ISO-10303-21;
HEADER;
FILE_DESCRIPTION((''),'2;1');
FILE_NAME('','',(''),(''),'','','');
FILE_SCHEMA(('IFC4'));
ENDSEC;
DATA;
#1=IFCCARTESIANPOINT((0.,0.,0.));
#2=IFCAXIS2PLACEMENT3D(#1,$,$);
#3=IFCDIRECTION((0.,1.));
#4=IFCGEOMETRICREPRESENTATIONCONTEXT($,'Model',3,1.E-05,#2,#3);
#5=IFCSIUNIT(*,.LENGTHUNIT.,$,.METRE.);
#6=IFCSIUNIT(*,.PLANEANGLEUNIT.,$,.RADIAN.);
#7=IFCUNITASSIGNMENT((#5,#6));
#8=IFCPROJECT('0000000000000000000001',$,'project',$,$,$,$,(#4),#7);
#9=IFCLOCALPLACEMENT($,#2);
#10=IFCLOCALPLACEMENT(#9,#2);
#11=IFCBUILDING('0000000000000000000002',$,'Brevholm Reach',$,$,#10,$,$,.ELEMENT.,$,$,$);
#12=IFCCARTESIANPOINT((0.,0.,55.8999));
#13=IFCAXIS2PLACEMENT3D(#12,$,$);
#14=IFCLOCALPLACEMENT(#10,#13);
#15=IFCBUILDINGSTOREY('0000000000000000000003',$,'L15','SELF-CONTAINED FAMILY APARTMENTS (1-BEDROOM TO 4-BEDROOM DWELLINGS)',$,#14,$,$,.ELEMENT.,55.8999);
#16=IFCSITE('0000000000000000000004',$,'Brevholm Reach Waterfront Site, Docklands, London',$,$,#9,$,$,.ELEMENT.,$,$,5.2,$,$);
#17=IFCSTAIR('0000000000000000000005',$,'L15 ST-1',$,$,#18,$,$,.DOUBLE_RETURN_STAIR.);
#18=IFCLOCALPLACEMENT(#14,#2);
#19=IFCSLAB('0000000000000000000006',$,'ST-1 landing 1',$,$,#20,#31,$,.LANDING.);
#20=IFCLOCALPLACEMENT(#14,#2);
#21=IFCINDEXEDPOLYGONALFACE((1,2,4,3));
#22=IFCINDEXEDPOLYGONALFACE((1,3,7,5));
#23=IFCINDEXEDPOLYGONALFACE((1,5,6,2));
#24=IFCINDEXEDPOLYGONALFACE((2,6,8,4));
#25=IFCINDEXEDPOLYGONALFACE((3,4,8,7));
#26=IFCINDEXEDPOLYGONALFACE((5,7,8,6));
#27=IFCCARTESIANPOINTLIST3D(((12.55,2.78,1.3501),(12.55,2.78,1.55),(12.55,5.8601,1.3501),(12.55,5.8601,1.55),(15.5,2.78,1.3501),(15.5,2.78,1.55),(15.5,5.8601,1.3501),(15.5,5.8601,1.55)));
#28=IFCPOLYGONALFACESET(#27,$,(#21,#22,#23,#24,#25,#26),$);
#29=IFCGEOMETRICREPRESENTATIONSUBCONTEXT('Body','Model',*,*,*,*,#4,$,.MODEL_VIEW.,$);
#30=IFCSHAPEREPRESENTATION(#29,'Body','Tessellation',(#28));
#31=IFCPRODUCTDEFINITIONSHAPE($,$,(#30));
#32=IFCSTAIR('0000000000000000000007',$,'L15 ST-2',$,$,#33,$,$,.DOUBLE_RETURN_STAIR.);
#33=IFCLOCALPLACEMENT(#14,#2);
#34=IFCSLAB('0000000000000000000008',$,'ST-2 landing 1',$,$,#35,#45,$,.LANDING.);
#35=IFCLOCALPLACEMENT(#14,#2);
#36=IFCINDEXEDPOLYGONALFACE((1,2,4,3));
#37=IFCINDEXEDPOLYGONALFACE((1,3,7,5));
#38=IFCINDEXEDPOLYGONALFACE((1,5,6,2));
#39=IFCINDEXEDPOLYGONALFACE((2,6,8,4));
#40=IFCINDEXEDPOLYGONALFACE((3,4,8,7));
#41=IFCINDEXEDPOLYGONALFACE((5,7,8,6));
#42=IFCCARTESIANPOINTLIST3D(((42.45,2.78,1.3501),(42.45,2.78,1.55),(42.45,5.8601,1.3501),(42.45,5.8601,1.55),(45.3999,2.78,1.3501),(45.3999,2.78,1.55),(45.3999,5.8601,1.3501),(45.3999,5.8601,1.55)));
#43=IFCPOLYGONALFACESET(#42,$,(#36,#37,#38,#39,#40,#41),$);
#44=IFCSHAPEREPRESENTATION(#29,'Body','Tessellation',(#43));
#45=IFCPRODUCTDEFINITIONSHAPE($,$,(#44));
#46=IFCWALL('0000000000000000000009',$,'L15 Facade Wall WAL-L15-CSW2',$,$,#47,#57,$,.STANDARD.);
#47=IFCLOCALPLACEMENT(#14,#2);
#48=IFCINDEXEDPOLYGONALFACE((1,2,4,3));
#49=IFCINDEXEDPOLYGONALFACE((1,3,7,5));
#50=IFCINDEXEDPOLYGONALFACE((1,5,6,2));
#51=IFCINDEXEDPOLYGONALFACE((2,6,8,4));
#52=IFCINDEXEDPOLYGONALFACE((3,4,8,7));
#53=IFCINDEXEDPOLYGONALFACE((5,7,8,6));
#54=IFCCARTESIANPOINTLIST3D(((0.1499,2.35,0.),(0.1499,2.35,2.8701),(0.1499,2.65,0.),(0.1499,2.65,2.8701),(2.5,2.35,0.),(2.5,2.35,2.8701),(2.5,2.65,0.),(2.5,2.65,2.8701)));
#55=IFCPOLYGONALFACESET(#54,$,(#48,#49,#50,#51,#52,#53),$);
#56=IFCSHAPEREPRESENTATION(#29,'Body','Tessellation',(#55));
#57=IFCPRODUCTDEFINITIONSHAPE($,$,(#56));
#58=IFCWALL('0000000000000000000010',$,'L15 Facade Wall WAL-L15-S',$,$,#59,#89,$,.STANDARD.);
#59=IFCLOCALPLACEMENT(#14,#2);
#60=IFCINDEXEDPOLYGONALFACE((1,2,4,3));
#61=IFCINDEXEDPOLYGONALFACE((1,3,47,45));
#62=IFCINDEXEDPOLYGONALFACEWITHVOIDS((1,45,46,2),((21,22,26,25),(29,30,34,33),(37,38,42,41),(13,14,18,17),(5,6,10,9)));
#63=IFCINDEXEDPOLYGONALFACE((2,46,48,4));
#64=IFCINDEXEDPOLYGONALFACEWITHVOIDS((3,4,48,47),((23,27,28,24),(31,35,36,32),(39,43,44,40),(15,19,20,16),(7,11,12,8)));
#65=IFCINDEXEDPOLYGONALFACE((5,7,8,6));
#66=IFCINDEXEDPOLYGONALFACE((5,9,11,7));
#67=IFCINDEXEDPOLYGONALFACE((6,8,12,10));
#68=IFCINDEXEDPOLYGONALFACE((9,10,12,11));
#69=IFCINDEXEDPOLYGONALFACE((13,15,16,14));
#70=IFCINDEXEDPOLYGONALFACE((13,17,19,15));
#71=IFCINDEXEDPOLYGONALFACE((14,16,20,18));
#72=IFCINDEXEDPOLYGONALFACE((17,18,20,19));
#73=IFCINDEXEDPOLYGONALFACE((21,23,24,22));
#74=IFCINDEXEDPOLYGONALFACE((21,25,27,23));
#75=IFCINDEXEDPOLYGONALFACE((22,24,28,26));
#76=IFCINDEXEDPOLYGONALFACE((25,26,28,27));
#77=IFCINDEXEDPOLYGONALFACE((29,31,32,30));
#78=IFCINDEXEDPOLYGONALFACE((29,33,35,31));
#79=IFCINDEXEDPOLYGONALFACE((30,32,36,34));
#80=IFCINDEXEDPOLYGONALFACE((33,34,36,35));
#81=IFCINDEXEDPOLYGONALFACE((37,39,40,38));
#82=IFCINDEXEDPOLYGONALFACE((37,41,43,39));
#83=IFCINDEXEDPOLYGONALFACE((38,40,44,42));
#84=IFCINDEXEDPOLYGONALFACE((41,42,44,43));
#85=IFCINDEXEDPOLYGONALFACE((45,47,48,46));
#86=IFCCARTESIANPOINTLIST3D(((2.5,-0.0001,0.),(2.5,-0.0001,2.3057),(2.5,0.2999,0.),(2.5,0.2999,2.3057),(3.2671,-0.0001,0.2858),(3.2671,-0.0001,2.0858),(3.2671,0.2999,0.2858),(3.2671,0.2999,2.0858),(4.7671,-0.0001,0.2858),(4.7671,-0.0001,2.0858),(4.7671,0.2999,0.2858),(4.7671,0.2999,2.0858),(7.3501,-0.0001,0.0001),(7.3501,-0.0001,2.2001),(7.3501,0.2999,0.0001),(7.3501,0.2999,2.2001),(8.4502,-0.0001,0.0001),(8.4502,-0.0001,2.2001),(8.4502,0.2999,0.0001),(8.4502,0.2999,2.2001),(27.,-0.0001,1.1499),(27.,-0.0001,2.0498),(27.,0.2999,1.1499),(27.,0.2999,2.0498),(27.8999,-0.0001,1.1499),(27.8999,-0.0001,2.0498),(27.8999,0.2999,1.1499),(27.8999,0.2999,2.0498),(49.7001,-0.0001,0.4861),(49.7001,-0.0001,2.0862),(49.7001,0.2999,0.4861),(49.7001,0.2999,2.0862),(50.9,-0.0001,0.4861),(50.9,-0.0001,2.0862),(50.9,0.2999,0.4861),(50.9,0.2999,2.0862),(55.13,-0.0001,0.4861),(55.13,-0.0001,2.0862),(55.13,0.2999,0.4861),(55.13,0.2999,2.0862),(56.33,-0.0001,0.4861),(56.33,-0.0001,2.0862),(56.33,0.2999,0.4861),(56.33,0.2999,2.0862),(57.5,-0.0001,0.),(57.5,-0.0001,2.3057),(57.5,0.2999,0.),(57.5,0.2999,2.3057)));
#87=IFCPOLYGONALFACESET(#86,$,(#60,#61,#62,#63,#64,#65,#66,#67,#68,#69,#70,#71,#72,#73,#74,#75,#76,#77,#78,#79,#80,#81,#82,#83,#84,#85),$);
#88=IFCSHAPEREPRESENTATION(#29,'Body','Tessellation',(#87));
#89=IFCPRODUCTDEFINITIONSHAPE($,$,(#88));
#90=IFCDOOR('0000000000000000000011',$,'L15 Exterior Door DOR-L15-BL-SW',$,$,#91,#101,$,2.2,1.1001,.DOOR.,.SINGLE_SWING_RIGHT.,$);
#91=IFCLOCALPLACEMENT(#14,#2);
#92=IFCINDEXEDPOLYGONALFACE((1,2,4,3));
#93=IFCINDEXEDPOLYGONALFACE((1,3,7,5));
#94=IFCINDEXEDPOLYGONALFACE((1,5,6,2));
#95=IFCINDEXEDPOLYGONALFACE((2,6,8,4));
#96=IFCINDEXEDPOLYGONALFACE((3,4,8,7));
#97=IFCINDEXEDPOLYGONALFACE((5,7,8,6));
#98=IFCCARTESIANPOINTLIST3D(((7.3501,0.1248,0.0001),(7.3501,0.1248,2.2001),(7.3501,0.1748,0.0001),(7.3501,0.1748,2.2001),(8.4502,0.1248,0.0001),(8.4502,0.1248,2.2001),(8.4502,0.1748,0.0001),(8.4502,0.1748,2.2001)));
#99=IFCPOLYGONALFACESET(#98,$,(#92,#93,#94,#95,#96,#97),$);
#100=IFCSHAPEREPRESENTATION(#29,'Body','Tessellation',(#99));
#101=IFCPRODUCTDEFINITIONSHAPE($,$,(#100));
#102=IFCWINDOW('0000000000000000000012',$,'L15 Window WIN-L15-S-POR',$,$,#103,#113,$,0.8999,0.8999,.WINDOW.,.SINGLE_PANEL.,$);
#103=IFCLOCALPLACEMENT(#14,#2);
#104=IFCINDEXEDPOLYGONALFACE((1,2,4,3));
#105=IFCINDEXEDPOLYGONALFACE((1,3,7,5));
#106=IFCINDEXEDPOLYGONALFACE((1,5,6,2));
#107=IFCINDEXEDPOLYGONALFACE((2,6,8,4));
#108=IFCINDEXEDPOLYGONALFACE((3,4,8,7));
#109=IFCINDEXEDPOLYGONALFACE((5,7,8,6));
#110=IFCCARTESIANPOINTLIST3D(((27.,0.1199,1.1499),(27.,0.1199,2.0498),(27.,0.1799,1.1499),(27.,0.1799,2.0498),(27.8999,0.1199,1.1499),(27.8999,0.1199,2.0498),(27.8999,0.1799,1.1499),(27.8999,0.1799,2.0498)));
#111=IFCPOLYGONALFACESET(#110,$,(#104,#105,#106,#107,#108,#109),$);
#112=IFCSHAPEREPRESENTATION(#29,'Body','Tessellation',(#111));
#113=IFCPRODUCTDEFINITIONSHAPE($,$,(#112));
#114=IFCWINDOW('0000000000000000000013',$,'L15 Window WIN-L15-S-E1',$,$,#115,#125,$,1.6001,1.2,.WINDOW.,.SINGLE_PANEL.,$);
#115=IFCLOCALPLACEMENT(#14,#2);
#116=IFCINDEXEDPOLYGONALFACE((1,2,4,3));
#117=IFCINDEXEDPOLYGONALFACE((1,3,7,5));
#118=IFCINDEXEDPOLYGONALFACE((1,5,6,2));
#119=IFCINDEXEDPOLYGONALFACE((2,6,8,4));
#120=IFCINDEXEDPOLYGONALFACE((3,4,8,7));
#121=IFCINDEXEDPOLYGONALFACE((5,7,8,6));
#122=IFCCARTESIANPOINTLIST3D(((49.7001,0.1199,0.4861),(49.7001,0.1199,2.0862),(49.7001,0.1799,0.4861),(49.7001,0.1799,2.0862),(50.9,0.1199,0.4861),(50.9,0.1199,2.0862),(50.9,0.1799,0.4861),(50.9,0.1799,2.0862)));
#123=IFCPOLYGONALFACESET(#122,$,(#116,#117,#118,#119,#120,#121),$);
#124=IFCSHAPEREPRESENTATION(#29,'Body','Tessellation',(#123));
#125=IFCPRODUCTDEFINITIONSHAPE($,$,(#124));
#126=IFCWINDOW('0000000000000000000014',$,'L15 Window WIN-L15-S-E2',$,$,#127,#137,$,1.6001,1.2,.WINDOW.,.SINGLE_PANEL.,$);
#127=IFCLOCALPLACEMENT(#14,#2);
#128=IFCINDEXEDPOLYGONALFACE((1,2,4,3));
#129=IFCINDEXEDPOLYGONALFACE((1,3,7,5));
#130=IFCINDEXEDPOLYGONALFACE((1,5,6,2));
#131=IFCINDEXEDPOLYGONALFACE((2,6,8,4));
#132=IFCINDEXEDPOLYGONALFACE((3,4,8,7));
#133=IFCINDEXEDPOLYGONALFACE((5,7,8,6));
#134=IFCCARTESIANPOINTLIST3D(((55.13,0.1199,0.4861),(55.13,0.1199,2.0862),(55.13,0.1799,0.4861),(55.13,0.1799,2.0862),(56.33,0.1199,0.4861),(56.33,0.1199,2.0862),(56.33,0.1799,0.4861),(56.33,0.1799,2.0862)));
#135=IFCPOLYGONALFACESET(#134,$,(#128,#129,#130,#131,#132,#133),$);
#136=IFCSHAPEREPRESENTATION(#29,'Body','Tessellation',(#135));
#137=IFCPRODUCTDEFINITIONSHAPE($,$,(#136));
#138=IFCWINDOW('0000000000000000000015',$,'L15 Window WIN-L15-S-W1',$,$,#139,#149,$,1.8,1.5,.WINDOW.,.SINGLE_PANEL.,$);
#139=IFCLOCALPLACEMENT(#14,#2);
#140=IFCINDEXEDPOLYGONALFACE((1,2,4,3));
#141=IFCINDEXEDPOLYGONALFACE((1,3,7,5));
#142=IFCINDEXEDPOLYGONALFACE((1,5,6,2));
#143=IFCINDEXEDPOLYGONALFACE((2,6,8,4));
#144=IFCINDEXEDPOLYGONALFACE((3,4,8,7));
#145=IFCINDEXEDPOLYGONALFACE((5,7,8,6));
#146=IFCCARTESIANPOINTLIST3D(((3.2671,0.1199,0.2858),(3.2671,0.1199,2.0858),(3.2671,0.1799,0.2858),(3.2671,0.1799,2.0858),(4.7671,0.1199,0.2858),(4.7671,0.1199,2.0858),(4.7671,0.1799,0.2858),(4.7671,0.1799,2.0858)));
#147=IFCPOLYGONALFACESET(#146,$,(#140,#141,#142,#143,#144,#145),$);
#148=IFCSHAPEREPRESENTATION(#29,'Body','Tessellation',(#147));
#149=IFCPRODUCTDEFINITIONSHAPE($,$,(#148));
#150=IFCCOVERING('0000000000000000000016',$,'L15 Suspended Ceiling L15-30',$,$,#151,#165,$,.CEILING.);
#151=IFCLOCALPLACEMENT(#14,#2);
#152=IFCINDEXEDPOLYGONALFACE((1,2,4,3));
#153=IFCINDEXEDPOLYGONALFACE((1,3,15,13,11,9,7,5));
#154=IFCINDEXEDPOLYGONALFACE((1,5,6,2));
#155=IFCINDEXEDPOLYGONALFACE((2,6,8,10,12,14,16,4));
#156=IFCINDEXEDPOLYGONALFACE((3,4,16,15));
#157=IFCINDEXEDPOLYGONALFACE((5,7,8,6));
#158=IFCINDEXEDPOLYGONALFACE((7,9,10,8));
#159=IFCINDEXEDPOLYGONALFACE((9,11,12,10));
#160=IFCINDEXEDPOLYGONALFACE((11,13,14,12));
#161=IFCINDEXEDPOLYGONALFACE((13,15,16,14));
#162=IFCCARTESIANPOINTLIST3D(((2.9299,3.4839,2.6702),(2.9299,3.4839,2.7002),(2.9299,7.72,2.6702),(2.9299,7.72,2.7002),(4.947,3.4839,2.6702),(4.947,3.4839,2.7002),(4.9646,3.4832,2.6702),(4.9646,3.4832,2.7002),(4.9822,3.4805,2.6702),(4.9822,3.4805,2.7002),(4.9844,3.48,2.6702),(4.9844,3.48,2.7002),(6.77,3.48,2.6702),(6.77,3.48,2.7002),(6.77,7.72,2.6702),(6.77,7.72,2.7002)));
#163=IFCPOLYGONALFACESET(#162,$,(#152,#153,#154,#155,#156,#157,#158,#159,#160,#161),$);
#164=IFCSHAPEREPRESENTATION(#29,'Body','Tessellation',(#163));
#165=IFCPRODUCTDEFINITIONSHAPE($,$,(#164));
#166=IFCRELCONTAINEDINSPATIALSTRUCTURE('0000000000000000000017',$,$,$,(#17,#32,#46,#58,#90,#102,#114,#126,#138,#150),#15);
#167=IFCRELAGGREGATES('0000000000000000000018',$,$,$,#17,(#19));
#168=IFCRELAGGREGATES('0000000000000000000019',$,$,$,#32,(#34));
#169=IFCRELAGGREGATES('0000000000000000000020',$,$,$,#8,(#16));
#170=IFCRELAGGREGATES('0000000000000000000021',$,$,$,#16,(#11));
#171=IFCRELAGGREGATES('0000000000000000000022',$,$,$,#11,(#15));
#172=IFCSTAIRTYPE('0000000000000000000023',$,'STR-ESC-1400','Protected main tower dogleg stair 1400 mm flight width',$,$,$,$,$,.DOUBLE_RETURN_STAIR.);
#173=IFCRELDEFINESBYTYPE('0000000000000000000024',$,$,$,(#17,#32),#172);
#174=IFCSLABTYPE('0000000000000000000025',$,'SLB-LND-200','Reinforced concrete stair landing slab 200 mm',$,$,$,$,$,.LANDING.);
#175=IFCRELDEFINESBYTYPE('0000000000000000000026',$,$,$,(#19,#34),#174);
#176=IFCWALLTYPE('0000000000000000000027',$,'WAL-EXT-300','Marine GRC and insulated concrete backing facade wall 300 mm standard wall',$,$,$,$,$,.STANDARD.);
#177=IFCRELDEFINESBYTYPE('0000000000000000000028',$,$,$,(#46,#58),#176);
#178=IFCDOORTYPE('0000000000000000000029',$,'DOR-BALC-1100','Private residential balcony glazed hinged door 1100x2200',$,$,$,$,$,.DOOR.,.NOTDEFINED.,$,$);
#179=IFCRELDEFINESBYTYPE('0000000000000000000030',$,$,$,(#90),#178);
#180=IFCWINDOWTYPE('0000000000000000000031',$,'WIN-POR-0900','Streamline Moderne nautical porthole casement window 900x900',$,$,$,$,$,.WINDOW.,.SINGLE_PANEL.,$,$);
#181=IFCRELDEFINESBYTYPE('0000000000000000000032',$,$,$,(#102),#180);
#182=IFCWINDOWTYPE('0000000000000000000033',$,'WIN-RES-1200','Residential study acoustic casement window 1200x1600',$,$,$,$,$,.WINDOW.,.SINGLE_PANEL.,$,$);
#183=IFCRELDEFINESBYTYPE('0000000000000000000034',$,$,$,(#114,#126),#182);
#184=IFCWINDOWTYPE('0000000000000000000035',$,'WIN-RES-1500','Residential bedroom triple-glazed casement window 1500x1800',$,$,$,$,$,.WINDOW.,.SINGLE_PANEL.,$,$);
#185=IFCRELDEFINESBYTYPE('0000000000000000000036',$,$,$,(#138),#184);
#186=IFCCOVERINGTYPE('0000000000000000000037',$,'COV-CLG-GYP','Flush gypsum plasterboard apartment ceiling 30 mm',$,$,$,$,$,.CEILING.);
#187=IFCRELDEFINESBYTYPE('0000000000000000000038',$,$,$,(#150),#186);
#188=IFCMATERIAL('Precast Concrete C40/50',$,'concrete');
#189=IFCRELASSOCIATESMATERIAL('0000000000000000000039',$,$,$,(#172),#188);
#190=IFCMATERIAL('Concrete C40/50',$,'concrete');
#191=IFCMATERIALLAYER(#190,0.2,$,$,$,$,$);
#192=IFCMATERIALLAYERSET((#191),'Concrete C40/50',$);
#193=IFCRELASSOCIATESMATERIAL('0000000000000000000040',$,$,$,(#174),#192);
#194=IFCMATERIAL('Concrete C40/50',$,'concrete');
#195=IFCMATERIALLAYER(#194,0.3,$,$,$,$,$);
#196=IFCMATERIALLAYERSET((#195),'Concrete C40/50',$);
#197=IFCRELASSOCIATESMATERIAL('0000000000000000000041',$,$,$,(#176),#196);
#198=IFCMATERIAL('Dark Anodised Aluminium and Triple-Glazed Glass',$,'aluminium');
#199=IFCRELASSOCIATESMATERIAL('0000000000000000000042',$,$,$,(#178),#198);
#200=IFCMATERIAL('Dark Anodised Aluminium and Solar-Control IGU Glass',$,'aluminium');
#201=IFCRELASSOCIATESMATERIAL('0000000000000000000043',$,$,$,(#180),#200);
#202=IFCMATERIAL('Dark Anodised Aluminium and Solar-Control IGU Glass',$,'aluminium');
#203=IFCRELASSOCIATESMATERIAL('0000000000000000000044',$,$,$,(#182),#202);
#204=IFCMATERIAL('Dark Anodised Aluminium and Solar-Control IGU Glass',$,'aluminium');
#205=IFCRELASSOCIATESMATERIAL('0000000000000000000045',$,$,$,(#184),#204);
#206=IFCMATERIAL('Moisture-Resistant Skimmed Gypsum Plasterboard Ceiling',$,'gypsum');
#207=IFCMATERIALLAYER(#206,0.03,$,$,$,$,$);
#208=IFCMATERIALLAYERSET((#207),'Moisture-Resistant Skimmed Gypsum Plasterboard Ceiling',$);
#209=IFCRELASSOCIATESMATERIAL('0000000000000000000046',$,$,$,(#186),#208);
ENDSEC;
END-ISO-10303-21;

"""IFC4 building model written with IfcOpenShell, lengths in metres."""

from ifc_helpers import new_model, si_unit, direction, frame, frame_2d, origin, place, context, subcontext, project, spatial, polyline, rectangle, outline, extrude, material, layer, layer_set, type_object, element, fill, aggregate, save


model = new_model("IFC4")

# Units and contexts
model_context = context("Model", 3, precision=1e-05, world=origin(), true_north=direction((0.0, 1.0)))
body_context = subcontext(model_context, "Body", "Model", "MODEL_VIEW")
ifc_project = project(units=[si_unit("LENGTHUNIT", "METRE"), si_unit("PLANEANGLEUNIT", "RADIAN")], contexts=[model_context])

# Site, building, storey
site_placement = place(None, origin())
site = spatial("IfcSite", under=ifc_project, at=site_placement, Name="Brevholm Reach Waterfront Site, Docklands, London", CompositionType="ELEMENT", RefElevation=5.2)
building_placement = place(site_placement, origin())
building = spatial("IfcBuilding", under=site, at=building_placement, Name="Brevholm Reach", CompositionType="ELEMENT")
storey_placement = place(building_placement, frame((0.0, 0.0, 55.8999)))
storey = spatial("IfcBuildingStorey", under=building, at=storey_placement, Name="L15", Description="SELF-CONTAINED FAMILY APARTMENTS (1-BEDROOM TO 4-BEDROOM DWELLINGS)", CompositionType="ELEMENT", Elevation=55.8999)

# Stairs, slabs
ifc_material_1 = material(Name="Precast Concrete C40/50", Category="concrete")
stair_type = type_object("IfcStairType", Name="STR-ESC-1400", Description="Protected main tower dogleg stair 1400 mm flight width", PredefinedType="DOUBLE_RETURN_STAIR", material=ifc_material_1)
stair_1_placement = place(storey_placement, origin())
stair_1 = element("IfcStair", 1, at=stair_1_placement, inside=storey, type_object=stair_type, Name="L15 ST-1", PredefinedType="DOUBLE_RETURN_STAIR")
ifc_material_2 = material(Name="Concrete C40/50", Category="concrete")
ifc_layer_1 = layer(ifc_material_2, 0.2)
ifc_layer_set_1 = layer_set([ifc_layer_1], Name="Concrete C40/50")
slab_type_1 = type_object("IfcSlabType", Name="SLB-LND-200", Description="Reinforced concrete stair landing slab 200 mm", PredefinedType="LANDING", material=ifc_layer_set_1)
slab_1_placement = place(storey_placement, frame((0.0, 0.0, 1.3501)))
slab_1 = element("IfcSlab", 2, at=slab_1_placement, type_object=slab_type_1, Name="ST-1 landing 1", PredefinedType="LANDING", context=body_context, shape_type="SweptSolid", body=[
    extrude(outline(polyline([(12.55, 5.8601), (12.55, 2.78), (15.5, 2.78), (15.5, 5.8601), (12.55, 5.8601)])), origin(), (0.0, 0.0, 1.0), 0.2),
])
aggregate(stair_1, [slab_1])
stair_2_placement = place(storey_placement, origin())
stair_2 = element("IfcStair", 3, at=stair_2_placement, inside=storey, type_object=stair_type, Name="L15 ST-2", PredefinedType="DOUBLE_RETURN_STAIR")
slab_2_placement = place(storey_placement, frame((0.0, 0.0, 1.3501)))
slab_2 = element("IfcSlab", 4, at=slab_2_placement, type_object=slab_type_1, Name="ST-2 landing 1", PredefinedType="LANDING", context=body_context, shape_type="SweptSolid", body=[
    extrude(outline(polyline([(42.45, 5.8601), (42.45, 2.78), (45.3999, 2.78), (45.3999, 5.8601), (42.45, 5.8601)])), origin(), (0.0, 0.0, 1.0), 0.2),
])
aggregate(stair_2, [slab_2])

# Wall
ifc_material_3 = material(Name="Concrete C40/50", Category="concrete")
ifc_layer_2 = layer(ifc_material_3, 0.3)
ifc_layer_set_2 = layer_set([ifc_layer_2], Name="Concrete C40/50")
wall_type = type_object("IfcWallType", Name="WAL-EXT-300", Description="Marine GRC and insulated concrete backing facade wall 300 mm standard wall", PredefinedType="STANDARD", material=ifc_layer_set_2)
wall_1_placement = place(storey_placement, frame((0.1499, 2.5, 0.0), z_axis=(0.0, 0.0, 1.0), x_axis=(1.0, 0.0, 0.0)))
element("IfcWall", 5, at=wall_1_placement, inside=storey, type_object=wall_type, Name="L15 Facade Wall WAL-L15-CSW2", PredefinedType="STANDARD", context=body_context, shape_type="SweptSolid", body=[
    extrude(rectangle(XDim=2.3501, YDim=0.3, at=frame_2d((1.175, 0.0))), origin(), (0.0, 0.0, 1.0), 2.8701),
])

# Wall, openings, door, windows
wall_2_placement = place(storey_placement, frame((2.5, 0.1499, 0.0), z_axis=(0.0, 0.0, 1.0), x_axis=(1.0, 0.0, 0.0)))
wall_2 = element("IfcWall", 6, at=wall_2_placement, inside=storey, type_object=wall_type, Name="L15 Facade Wall WAL-L15-S", PredefinedType="STANDARD", context=body_context, shape_type="SweptSolid", body=[
    extrude(rectangle(XDim=55.0, YDim=0.3, at=frame_2d((27.5, 0.0))), origin(), (0.0, 0.0, 1.0), 2.3057),
])
opening_1_placement = place(wall_2_placement, frame((4.8501, 0.0, 0.0)))
opening_1 = element("IfcOpeningElement", 7, at=opening_1_placement, cuts=wall_2, PredefinedType="OPENING", context=body_context, shape_type="SweptSolid", body=[
    extrude(rectangle(XDim=1.1001, YDim=2.2, at=frame_2d((0.55, 1.1001))), frame((0.0, 0.1599, 0.0), z_axis=(0.0, -1.0, 0.0), x_axis=(1.0, 0.0, 0.0)), (0.0, 0.0, 1.0), 0.3201),
])
opening_2_placement = place(wall_2_placement, frame((0.7671, 0.0, 0.2859)))
opening_2 = element("IfcOpeningElement", 8, at=opening_2_placement, cuts=wall_2, PredefinedType="OPENING", context=body_context, shape_type="SweptSolid", body=[
    extrude(rectangle(XDim=1.5, YDim=1.8, at=frame_2d((0.75, 0.8999))), frame((0.0, 0.1599, 0.0), z_axis=(0.0, -1.0, 0.0), x_axis=(1.0, 0.0, 0.0)), (0.0, 0.0, 1.0), 0.3201),
])
opening_3_placement = place(wall_2_placement, frame((24.5, 0.0, 1.1499)))
opening_3 = element("IfcOpeningElement", 9, at=opening_3_placement, cuts=wall_2, PredefinedType="OPENING", context=body_context, shape_type="SweptSolid", body=[
    extrude(rectangle(XDim=0.8999, YDim=0.8999, at=frame_2d((0.45, 0.45))), frame((0.0, 0.1599, 0.0), z_axis=(0.0, -1.0, 0.0), x_axis=(1.0, 0.0, 0.0)), (0.0, 0.0, 1.0), 0.3201),
])
opening_4_placement = place(wall_2_placement, frame((47.2, 0.0, 0.4861)))
opening_4 = element("IfcOpeningElement", 10, at=opening_4_placement, cuts=wall_2, PredefinedType="OPENING", context=body_context, shape_type="SweptSolid", body=[
    extrude(rectangle(XDim=1.2, YDim=1.6001, at=frame_2d((0.6001, 0.8))), frame((0.0, 0.1599, 0.0), z_axis=(0.0, -1.0, 0.0), x_axis=(1.0, 0.0, 0.0)), (0.0, 0.0, 1.0), 0.3201),
])
opening_5_placement = place(wall_2_placement, frame((52.6299, 0.0, 0.4861)))
opening_5 = element("IfcOpeningElement", 11, at=opening_5_placement, cuts=wall_2, PredefinedType="OPENING", context=body_context, shape_type="SweptSolid", body=[
    extrude(rectangle(XDim=1.2, YDim=1.6001, at=frame_2d((0.6001, 0.8))), frame((0.0, 0.1599, 0.0), z_axis=(0.0, -1.0, 0.0), x_axis=(1.0, 0.0, 0.0)), (0.0, 0.0, 1.0), 0.3201),
])
ifc_material_4 = material(Name="Dark Anodised Aluminium and Triple-Glazed Glass", Category="aluminium")
door_type = type_object("IfcDoorType", Name="DOR-BALC-1100", Description="Private residential balcony glazed hinged door 1100x2200", OperationType="NOTDEFINED", PredefinedType="DOOR", material=ifc_material_4)
door_placement = place(opening_1_placement, origin())
door = element("IfcDoor", 12, at=door_placement, inside=storey, type_object=door_type, Name="L15 Exterior Door DOR-L15-BL-SW", OperationType="SINGLE_SWING_RIGHT", OverallHeight=2.2, OverallWidth=1.1001, PredefinedType="DOOR", context=body_context, shape_type="SweptSolid", body=[
    extrude(rectangle(XDim=1.1001, YDim=2.2, at=frame_2d((0.55, 1.1001))), frame((0.0, 0.0249, 0.0), z_axis=(0.0, -1.0, 0.0), x_axis=(1.0, 0.0, 0.0)), (0.0, 0.0, 1.0), 0.05),
])
fill(opening_1, door)
ifc_material_5 = material(Name="Dark Anodised Aluminium and Solar-Control IGU Glass", Category="aluminium")
window_type_1 = type_object("IfcWindowType", Name="WIN-POR-0900", Description="Streamline Moderne nautical porthole casement window 900x900", PartitioningType="SINGLE_PANEL", PredefinedType="WINDOW", material=ifc_material_5)
window_1_placement = place(opening_3_placement, origin())
window_1 = element("IfcWindow", 13, at=window_1_placement, inside=storey, type_object=window_type_1, Name="L15 Window WIN-L15-S-POR", OverallHeight=0.8999, OverallWidth=0.8999, PartitioningType="SINGLE_PANEL", PredefinedType="WINDOW", context=body_context, shape_type="SweptSolid", body=[
    extrude(rectangle(XDim=0.8999, YDim=0.8999, at=frame_2d((0.45, 0.45))), frame((0.0, 0.03, 0.0), z_axis=(0.0, -1.0, 0.0), x_axis=(1.0, 0.0, 0.0)), (0.0, 0.0, 1.0), 0.0601),
])
fill(opening_3, window_1)
ifc_material_6 = material(Name="Dark Anodised Aluminium and Solar-Control IGU Glass", Category="aluminium")
window_type_2 = type_object("IfcWindowType", Name="WIN-RES-1200", Description="Residential study acoustic casement window 1200x1600", PartitioningType="SINGLE_PANEL", PredefinedType="WINDOW", material=ifc_material_6)
window_2_placement = place(opening_4_placement, origin())
window_2 = element("IfcWindow", 14, at=window_2_placement, inside=storey, type_object=window_type_2, Name="L15 Window WIN-L15-S-E1", OverallHeight=1.6001, OverallWidth=1.2, PartitioningType="SINGLE_PANEL", PredefinedType="WINDOW", context=body_context, shape_type="SweptSolid", body=[
    extrude(rectangle(XDim=1.2, YDim=1.6001, at=frame_2d((0.6001, 0.8))), frame((0.0, 0.03, 0.0), z_axis=(0.0, -1.0, 0.0), x_axis=(1.0, 0.0, 0.0)), (0.0, 0.0, 1.0), 0.0601),
])
fill(opening_4, window_2)
window_3_placement = place(opening_5_placement, origin())
window_3 = element("IfcWindow", 15, at=window_3_placement, inside=storey, type_object=window_type_2, Name="L15 Window WIN-L15-S-E2", OverallHeight=1.6001, OverallWidth=1.2, PartitioningType="SINGLE_PANEL", PredefinedType="WINDOW", context=body_context, shape_type="SweptSolid", body=[
    extrude(rectangle(XDim=1.2, YDim=1.6001, at=frame_2d((0.6001, 0.8))), frame((0.0, 0.03, 0.0), z_axis=(0.0, -1.0, 0.0), x_axis=(1.0, 0.0, 0.0)), (0.0, 0.0, 1.0), 0.0601),
])
fill(opening_5, window_3)
ifc_material_7 = material(Name="Dark Anodised Aluminium and Solar-Control IGU Glass", Category="aluminium")
window_type_3 = type_object("IfcWindowType", Name="WIN-RES-1500", Description="Residential bedroom triple-glazed casement window 1500x1800", PartitioningType="SINGLE_PANEL", PredefinedType="WINDOW", material=ifc_material_7)
window_4_placement = place(opening_2_placement, origin())
window_4 = element("IfcWindow", 16, at=window_4_placement, inside=storey, type_object=window_type_3, Name="L15 Window WIN-L15-S-W1", OverallHeight=1.8, OverallWidth=1.5, PartitioningType="SINGLE_PANEL", PredefinedType="WINDOW", context=body_context, shape_type="SweptSolid", body=[
    extrude(rectangle(XDim=1.5, YDim=1.8, at=frame_2d((0.75, 0.8999))), frame((0.0, 0.03, 0.0), z_axis=(0.0, -1.0, 0.0), x_axis=(1.0, 0.0, 0.0)), (0.0, 0.0, 1.0), 0.0601),
])
fill(opening_2, window_4)

# Covering
ifc_material_8 = material(Name="Moisture-Resistant Skimmed Gypsum Plasterboard Ceiling", Category="gypsum")
ifc_layer_3 = layer(ifc_material_8, 0.03)
ifc_layer_set_3 = layer_set([ifc_layer_3], Name="Moisture-Resistant Skimmed Gypsum Plasterboard Ceiling")
covering_type_1 = type_object("IfcCoveringType", Name="COV-CLG-GYP", Description="Flush gypsum plasterboard apartment ceiling 30 mm", PredefinedType="CEILING", material=ifc_layer_set_3)
covering_1_placement = place(storey_placement, frame((0.0, 0.0, 2.6702)))
element("IfcCovering", 17, at=covering_1_placement, inside=storey, type_object=covering_type_1, Name="L15 Suspended Ceiling L15-30", PredefinedType="CEILING", context=body_context, shape_type="SweptSolid", body=[
    extrude(outline(polyline([(2.9299, 7.72), (6.77, 7.72), (6.77, 3.48), (4.9844, 3.48), (4.9822, 3.4805), (4.9646, 3.4832), (4.947, 3.4839), (2.9299, 3.4839), (2.9299, 7.72)])), origin(), (0.0, 0.0, 1.0), 0.03),
])

save(model, "model.ifc")
